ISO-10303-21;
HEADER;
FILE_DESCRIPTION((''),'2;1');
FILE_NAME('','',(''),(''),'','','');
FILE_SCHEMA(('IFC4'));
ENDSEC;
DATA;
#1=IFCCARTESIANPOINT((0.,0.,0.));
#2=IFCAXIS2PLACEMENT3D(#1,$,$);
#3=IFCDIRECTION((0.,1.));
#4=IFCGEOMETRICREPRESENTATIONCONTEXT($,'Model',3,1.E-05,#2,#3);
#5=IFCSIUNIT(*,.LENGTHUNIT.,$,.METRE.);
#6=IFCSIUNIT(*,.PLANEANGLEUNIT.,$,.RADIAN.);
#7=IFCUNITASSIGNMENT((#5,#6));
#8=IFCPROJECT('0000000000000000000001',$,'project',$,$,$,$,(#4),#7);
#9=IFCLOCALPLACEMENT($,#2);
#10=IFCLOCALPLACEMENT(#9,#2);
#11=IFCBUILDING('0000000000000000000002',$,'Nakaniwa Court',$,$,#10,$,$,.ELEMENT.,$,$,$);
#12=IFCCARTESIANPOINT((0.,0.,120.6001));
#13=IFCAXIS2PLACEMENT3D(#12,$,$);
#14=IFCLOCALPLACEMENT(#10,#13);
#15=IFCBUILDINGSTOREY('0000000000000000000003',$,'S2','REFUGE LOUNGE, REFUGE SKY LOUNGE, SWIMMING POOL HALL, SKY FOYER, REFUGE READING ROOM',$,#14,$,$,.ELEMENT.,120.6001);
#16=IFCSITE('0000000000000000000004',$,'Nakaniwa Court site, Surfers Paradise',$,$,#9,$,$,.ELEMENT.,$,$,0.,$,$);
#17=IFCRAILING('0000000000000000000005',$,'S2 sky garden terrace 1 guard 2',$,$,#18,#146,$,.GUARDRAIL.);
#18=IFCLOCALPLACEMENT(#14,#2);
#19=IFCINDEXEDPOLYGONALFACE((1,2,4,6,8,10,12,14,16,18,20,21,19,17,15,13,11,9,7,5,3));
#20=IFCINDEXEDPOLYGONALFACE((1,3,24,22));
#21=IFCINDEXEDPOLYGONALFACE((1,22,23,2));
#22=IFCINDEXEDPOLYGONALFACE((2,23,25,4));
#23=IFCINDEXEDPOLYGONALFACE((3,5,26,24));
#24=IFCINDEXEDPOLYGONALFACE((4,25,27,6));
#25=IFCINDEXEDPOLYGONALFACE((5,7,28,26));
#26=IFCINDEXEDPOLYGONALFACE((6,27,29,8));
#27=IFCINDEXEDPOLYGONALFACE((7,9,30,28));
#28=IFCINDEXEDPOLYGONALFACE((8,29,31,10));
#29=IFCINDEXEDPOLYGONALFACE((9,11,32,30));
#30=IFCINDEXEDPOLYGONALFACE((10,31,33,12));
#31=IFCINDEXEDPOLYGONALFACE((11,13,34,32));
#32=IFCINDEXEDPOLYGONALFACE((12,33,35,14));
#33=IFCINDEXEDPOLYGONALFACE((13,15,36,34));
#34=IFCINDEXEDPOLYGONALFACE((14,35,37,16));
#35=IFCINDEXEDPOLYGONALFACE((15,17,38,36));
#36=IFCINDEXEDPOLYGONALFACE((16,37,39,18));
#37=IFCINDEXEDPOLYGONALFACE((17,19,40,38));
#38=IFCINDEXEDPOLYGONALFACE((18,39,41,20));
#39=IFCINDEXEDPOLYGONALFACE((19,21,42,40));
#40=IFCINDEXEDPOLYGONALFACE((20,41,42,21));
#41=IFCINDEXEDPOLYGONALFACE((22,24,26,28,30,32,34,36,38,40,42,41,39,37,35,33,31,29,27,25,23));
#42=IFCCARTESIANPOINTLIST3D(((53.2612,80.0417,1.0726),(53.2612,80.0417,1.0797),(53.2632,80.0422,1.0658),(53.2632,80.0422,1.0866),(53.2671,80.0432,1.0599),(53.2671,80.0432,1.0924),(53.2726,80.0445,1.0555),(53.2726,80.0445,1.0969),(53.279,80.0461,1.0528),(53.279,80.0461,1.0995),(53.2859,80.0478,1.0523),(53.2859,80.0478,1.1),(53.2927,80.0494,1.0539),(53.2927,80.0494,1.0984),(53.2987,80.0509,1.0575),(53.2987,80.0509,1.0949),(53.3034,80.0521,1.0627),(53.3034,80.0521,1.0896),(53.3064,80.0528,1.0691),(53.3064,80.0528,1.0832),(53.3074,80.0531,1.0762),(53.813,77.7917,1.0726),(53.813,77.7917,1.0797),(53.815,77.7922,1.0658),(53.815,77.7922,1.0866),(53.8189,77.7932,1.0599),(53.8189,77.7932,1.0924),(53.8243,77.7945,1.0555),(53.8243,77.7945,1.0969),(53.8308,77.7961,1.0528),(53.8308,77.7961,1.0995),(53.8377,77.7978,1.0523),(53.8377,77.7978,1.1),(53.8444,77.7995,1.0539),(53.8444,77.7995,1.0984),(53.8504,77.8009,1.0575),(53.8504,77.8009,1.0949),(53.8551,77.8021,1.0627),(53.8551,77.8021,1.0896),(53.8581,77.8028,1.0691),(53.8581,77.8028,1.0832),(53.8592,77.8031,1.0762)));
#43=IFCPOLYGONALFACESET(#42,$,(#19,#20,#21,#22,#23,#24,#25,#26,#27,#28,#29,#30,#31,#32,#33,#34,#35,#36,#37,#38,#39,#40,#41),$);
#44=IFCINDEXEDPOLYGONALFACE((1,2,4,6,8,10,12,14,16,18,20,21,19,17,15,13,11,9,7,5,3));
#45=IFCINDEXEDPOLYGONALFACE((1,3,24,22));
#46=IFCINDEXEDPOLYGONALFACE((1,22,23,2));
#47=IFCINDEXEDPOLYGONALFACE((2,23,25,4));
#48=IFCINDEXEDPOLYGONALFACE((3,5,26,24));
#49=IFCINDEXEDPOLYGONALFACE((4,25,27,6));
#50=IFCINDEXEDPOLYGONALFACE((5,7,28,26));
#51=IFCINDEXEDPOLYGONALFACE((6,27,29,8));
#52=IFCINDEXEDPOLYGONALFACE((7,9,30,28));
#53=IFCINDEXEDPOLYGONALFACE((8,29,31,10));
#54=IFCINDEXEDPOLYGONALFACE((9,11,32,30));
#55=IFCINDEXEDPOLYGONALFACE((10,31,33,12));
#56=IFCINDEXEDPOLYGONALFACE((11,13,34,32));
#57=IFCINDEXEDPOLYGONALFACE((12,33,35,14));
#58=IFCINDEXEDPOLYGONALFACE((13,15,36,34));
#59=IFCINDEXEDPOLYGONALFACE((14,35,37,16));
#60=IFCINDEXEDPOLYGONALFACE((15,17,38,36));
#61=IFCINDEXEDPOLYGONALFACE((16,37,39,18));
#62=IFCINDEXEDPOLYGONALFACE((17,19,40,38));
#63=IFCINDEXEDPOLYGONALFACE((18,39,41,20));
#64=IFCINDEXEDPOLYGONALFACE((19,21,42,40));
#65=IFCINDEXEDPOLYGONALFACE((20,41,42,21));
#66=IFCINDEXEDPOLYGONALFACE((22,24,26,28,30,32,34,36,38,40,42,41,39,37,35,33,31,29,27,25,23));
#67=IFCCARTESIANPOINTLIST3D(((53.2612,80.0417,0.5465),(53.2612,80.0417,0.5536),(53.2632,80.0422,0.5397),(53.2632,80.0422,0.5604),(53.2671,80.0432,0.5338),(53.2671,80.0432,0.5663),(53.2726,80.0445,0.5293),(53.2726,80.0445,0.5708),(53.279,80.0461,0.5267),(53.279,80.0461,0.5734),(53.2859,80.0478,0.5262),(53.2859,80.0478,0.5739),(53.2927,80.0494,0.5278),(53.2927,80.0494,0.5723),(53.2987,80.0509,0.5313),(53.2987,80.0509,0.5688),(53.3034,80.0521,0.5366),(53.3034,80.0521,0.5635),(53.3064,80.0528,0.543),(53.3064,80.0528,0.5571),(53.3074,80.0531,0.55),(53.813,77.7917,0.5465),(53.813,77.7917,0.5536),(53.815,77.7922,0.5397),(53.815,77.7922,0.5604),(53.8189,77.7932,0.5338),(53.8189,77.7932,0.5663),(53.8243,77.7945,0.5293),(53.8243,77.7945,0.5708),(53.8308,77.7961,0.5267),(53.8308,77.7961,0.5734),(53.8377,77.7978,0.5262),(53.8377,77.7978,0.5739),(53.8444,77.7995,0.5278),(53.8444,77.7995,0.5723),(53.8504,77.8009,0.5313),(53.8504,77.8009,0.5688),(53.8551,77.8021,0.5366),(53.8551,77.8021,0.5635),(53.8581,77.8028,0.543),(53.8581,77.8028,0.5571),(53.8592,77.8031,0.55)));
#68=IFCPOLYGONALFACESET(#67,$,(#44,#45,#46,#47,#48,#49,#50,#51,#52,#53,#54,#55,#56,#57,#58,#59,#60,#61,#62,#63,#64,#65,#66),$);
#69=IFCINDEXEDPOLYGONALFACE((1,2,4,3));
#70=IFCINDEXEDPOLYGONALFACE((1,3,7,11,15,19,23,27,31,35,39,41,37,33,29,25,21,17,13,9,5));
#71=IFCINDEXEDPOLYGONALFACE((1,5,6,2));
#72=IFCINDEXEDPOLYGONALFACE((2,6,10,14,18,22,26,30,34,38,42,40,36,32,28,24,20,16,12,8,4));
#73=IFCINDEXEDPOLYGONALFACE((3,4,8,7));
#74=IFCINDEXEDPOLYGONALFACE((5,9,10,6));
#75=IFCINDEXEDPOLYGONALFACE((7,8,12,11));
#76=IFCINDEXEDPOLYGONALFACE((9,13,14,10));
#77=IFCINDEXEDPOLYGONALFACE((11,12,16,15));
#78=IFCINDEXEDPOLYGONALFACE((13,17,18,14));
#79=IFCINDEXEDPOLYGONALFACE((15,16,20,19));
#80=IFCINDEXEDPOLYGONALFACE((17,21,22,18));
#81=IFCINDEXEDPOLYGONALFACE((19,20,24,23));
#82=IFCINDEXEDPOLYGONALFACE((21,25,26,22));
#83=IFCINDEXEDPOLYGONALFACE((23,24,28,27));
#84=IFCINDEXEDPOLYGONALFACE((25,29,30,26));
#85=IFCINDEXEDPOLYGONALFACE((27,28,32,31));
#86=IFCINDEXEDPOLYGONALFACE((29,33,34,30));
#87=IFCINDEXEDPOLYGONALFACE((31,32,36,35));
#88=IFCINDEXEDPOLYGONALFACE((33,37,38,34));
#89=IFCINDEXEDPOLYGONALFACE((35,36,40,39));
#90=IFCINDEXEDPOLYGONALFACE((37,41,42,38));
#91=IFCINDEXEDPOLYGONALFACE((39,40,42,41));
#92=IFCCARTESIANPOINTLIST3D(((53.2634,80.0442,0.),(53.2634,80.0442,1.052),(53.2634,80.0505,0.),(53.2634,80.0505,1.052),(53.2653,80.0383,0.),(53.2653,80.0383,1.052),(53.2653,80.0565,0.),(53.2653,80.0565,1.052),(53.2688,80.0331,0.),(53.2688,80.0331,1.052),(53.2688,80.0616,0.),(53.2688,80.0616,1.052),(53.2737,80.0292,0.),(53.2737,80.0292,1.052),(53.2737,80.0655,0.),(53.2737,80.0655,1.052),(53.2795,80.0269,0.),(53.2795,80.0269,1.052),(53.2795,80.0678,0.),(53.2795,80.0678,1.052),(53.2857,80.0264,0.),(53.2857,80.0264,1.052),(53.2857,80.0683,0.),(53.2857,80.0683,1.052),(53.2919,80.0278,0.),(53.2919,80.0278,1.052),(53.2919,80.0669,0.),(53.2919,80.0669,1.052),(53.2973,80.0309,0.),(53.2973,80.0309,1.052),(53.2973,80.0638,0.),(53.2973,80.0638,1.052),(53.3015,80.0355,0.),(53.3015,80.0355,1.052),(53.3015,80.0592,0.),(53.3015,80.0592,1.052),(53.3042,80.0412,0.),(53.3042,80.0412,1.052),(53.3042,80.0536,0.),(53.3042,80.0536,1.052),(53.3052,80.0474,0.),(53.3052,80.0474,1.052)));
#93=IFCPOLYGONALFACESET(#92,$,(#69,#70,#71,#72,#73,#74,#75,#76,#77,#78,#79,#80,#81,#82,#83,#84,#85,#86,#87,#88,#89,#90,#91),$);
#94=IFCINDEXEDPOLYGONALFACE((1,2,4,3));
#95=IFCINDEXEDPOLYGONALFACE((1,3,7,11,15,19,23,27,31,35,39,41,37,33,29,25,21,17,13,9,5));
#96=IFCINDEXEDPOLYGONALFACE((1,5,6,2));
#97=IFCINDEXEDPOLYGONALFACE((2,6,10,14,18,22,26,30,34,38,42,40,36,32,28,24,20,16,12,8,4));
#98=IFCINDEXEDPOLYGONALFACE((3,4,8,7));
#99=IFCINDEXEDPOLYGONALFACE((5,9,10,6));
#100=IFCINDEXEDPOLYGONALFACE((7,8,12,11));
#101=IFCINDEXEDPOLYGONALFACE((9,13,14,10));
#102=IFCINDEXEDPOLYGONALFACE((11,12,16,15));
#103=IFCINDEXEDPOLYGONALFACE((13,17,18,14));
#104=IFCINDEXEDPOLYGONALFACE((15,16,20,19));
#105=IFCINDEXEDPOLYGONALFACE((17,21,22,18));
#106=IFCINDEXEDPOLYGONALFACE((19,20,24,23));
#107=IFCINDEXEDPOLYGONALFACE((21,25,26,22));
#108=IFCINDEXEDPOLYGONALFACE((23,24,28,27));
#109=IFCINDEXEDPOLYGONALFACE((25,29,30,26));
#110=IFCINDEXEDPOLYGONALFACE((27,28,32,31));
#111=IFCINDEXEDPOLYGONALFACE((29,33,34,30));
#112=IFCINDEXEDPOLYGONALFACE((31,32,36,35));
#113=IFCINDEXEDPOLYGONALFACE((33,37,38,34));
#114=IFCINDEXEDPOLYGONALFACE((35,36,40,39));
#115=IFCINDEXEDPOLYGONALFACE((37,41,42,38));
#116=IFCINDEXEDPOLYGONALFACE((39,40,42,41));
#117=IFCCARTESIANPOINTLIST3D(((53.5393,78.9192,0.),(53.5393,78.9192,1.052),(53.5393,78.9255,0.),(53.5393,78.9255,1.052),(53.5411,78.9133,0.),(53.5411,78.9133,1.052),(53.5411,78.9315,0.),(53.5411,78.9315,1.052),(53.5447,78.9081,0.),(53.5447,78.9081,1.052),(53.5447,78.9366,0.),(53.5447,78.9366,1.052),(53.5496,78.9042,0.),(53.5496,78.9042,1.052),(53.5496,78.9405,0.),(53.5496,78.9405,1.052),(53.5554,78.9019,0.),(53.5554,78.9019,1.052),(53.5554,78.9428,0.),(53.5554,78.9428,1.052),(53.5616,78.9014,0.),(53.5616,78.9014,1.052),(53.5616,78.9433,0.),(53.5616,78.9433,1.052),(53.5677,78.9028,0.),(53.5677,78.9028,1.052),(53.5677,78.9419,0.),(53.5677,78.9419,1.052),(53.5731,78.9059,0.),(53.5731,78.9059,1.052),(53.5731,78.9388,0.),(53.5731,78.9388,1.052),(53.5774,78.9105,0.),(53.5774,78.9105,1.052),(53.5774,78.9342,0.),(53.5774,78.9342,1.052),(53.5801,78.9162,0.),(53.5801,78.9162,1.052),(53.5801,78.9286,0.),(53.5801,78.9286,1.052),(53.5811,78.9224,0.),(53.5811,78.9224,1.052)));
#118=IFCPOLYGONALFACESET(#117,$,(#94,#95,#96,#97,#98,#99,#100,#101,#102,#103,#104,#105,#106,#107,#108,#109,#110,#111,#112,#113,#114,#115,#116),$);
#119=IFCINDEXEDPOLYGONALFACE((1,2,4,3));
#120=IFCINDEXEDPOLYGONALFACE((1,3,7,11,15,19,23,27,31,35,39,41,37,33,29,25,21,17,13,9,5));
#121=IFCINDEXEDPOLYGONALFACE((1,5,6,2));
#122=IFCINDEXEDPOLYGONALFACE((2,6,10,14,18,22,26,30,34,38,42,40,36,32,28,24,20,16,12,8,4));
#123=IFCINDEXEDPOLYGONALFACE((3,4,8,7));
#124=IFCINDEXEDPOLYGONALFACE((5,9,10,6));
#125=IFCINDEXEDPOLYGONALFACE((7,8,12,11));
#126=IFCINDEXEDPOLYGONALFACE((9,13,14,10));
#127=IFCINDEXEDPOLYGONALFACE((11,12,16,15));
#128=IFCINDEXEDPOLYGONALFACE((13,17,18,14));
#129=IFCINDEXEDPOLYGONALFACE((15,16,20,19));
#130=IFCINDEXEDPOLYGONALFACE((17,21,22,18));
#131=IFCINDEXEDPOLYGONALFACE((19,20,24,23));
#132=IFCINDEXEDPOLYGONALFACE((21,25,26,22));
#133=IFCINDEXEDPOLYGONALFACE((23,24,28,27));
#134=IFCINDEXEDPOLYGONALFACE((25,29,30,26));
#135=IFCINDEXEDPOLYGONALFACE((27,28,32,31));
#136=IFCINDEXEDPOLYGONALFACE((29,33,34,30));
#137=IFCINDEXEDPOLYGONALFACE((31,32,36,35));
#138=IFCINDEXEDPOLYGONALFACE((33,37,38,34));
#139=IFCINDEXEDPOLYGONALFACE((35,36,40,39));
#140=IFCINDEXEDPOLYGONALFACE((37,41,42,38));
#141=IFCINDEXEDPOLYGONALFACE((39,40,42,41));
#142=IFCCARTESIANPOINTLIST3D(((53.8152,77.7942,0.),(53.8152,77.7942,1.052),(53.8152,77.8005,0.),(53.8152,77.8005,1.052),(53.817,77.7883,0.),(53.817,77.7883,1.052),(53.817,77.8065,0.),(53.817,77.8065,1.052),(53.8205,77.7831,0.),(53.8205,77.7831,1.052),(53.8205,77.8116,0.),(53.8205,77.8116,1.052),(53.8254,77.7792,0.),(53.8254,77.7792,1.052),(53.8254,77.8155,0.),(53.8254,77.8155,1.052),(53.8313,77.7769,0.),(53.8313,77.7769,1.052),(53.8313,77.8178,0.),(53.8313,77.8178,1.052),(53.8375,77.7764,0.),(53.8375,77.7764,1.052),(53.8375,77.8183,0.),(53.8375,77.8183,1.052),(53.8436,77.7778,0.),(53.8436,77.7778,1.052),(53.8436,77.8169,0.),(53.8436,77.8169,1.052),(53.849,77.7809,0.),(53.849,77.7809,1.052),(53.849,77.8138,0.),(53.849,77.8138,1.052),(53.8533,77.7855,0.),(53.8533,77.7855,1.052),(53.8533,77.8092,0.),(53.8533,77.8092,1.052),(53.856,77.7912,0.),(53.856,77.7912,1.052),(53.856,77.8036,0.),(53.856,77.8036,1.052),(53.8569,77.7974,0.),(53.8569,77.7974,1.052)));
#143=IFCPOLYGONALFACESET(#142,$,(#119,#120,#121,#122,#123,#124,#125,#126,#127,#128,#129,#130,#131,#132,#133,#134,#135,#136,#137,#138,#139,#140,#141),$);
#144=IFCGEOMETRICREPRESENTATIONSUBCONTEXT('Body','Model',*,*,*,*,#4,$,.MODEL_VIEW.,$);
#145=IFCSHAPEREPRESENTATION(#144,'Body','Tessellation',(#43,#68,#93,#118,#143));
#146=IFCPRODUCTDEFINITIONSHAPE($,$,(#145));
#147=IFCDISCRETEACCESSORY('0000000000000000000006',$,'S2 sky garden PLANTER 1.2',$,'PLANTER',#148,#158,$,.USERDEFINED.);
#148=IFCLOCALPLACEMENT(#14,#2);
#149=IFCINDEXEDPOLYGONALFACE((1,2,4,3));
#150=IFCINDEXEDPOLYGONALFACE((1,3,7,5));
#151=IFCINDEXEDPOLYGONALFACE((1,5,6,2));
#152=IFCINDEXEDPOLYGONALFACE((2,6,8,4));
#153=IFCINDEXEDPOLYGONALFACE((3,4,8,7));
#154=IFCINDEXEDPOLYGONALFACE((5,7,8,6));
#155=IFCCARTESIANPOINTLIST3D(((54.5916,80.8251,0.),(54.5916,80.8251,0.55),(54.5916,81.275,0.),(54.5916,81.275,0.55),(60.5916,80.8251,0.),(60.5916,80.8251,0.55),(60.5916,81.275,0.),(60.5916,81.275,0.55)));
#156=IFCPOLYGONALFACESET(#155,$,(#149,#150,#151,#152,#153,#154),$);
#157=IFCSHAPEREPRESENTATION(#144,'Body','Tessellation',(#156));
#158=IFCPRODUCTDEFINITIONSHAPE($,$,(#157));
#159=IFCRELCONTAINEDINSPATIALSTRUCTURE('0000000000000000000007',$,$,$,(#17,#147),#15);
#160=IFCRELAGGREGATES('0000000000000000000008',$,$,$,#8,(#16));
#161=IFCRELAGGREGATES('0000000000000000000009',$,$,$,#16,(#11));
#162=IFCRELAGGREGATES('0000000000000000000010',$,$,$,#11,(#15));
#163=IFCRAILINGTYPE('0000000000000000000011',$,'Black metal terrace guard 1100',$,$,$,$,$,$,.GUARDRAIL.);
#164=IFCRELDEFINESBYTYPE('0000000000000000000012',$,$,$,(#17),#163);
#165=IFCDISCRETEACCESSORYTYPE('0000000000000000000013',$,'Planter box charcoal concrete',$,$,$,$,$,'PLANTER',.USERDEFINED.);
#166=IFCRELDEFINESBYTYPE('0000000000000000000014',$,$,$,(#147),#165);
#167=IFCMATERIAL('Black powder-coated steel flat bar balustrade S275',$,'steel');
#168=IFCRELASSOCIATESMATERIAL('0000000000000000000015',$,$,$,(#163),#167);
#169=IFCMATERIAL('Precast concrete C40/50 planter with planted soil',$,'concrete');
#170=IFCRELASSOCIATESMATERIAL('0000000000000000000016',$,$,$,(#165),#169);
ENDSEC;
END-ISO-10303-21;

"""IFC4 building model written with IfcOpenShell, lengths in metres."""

from ifc_helpers import new_model, si_unit, direction, frame, origin, origin_2d, place, context, subcontext, project, spatial, rectangle, circle, extrude, material, type_object, element, save


model = new_model("IFC4")

# Units and contexts
model_context = context("Model", 3, precision=1e-05, world=origin(), true_north=direction((0.0, 1.0)))
body_context = subcontext(model_context, "Body", "Model", "MODEL_VIEW")
ifc_project = project(units=[si_unit("LENGTHUNIT", "METRE"), si_unit("PLANEANGLEUNIT", "RADIAN")], contexts=[model_context])

# Site, building, storey
site_placement = place(None, origin())
site = spatial("IfcSite", under=ifc_project, at=site_placement, Name="Nakaniwa Court site, Surfers Paradise", CompositionType="ELEMENT", RefElevation=0.0)
building_placement = place(site_placement, origin())
building = spatial("IfcBuilding", under=site, at=building_placement, Name="Nakaniwa Court", CompositionType="ELEMENT")
storey_placement = place(building_placement, frame((0.0, 0.0, 120.6001)))
storey = spatial("IfcBuildingStorey", under=building, at=storey_placement, Name="S2", Description="REFUGE LOUNGE, REFUGE SKY LOUNGE, SWIMMING POOL HALL, SKY FOYER, REFUGE READING ROOM", CompositionType="ELEMENT", Elevation=120.6001)

# Railing
ifc_material_1 = material(Name="Black powder-coated steel flat bar balustrade S275", Category="steel")
railing_type = type_object("IfcRailingType", Name="Black metal terrace guard 1100", PredefinedType="GUARDRAIL", material=ifc_material_1)
railing_1_placement = place(storey_placement, frame((53.2842, 80.0474, 0.0)))
element("IfcRailing", 1, at=railing_1_placement, inside=storey, type_object=railing_type, Name="S2 sky garden terrace 1 guard 2", PredefinedType="GUARDRAIL", context=body_context, shape_type="SweptSolid", body=[
    extrude(circle(Radius=0.0239, at=origin_2d()), frame((0.0, 0.0, 1.0762), z_axis=(0.238169, -0.971224, 0.0), x_axis=(0.971224, 0.238169, 0.0)), (0.0, 0.0, 1.0), 2.3167),
    extrude(circle(Radius=0.0239, at=origin_2d()), frame((0.0, 0.0, 0.55), z_axis=(0.238169, -0.971224, 0.0), x_axis=(0.971224, 0.238169, 0.0)), (0.0, 0.0, 1.0), 2.3167),
    extrude(circle(Radius=0.021, at=origin_2d()), origin(), (0.0, 0.0, 1.0), 1.052),
    extrude(circle(Radius=0.021, at=origin_2d()), frame((0.2759, -1.125, 0.0)), (0.0, 0.0, 1.0), 1.052),
    extrude(circle(Radius=0.021, at=origin_2d()), frame((0.5518, -2.25, 0.0)), (0.0, 0.0, 1.0), 1.052),
])

# Discrete accessory
ifc_material_2 = material(Name="Precast concrete C40/50 planter with planted soil", Category="concrete")
discrete_accessory_type = type_object("IfcDiscreteAccessoryType", Name="Planter box charcoal concrete", ElementType="PLANTER", PredefinedType="USERDEFINED", material=ifc_material_2)
discrete_accessory_placement = place(storey_placement, frame((57.5916, 81.05, 0.0), z_axis=(0.0, 0.0, 1.0), x_axis=(1.0, 0.0, 0.0)))
element("IfcDiscreteAccessory", 2, at=discrete_accessory_placement, inside=storey, type_object=discrete_accessory_type, Name="S2 sky garden PLANTER 1.2", ObjectType="PLANTER", PredefinedType="USERDEFINED", context=body_context, shape_type="SweptSolid", body=[
    extrude(rectangle(XDim=6.0, YDim=0.45, at=origin_2d()), origin(), (0.0, 0.0, 1.0), 0.55),
])

save(model, "model.ifc")
